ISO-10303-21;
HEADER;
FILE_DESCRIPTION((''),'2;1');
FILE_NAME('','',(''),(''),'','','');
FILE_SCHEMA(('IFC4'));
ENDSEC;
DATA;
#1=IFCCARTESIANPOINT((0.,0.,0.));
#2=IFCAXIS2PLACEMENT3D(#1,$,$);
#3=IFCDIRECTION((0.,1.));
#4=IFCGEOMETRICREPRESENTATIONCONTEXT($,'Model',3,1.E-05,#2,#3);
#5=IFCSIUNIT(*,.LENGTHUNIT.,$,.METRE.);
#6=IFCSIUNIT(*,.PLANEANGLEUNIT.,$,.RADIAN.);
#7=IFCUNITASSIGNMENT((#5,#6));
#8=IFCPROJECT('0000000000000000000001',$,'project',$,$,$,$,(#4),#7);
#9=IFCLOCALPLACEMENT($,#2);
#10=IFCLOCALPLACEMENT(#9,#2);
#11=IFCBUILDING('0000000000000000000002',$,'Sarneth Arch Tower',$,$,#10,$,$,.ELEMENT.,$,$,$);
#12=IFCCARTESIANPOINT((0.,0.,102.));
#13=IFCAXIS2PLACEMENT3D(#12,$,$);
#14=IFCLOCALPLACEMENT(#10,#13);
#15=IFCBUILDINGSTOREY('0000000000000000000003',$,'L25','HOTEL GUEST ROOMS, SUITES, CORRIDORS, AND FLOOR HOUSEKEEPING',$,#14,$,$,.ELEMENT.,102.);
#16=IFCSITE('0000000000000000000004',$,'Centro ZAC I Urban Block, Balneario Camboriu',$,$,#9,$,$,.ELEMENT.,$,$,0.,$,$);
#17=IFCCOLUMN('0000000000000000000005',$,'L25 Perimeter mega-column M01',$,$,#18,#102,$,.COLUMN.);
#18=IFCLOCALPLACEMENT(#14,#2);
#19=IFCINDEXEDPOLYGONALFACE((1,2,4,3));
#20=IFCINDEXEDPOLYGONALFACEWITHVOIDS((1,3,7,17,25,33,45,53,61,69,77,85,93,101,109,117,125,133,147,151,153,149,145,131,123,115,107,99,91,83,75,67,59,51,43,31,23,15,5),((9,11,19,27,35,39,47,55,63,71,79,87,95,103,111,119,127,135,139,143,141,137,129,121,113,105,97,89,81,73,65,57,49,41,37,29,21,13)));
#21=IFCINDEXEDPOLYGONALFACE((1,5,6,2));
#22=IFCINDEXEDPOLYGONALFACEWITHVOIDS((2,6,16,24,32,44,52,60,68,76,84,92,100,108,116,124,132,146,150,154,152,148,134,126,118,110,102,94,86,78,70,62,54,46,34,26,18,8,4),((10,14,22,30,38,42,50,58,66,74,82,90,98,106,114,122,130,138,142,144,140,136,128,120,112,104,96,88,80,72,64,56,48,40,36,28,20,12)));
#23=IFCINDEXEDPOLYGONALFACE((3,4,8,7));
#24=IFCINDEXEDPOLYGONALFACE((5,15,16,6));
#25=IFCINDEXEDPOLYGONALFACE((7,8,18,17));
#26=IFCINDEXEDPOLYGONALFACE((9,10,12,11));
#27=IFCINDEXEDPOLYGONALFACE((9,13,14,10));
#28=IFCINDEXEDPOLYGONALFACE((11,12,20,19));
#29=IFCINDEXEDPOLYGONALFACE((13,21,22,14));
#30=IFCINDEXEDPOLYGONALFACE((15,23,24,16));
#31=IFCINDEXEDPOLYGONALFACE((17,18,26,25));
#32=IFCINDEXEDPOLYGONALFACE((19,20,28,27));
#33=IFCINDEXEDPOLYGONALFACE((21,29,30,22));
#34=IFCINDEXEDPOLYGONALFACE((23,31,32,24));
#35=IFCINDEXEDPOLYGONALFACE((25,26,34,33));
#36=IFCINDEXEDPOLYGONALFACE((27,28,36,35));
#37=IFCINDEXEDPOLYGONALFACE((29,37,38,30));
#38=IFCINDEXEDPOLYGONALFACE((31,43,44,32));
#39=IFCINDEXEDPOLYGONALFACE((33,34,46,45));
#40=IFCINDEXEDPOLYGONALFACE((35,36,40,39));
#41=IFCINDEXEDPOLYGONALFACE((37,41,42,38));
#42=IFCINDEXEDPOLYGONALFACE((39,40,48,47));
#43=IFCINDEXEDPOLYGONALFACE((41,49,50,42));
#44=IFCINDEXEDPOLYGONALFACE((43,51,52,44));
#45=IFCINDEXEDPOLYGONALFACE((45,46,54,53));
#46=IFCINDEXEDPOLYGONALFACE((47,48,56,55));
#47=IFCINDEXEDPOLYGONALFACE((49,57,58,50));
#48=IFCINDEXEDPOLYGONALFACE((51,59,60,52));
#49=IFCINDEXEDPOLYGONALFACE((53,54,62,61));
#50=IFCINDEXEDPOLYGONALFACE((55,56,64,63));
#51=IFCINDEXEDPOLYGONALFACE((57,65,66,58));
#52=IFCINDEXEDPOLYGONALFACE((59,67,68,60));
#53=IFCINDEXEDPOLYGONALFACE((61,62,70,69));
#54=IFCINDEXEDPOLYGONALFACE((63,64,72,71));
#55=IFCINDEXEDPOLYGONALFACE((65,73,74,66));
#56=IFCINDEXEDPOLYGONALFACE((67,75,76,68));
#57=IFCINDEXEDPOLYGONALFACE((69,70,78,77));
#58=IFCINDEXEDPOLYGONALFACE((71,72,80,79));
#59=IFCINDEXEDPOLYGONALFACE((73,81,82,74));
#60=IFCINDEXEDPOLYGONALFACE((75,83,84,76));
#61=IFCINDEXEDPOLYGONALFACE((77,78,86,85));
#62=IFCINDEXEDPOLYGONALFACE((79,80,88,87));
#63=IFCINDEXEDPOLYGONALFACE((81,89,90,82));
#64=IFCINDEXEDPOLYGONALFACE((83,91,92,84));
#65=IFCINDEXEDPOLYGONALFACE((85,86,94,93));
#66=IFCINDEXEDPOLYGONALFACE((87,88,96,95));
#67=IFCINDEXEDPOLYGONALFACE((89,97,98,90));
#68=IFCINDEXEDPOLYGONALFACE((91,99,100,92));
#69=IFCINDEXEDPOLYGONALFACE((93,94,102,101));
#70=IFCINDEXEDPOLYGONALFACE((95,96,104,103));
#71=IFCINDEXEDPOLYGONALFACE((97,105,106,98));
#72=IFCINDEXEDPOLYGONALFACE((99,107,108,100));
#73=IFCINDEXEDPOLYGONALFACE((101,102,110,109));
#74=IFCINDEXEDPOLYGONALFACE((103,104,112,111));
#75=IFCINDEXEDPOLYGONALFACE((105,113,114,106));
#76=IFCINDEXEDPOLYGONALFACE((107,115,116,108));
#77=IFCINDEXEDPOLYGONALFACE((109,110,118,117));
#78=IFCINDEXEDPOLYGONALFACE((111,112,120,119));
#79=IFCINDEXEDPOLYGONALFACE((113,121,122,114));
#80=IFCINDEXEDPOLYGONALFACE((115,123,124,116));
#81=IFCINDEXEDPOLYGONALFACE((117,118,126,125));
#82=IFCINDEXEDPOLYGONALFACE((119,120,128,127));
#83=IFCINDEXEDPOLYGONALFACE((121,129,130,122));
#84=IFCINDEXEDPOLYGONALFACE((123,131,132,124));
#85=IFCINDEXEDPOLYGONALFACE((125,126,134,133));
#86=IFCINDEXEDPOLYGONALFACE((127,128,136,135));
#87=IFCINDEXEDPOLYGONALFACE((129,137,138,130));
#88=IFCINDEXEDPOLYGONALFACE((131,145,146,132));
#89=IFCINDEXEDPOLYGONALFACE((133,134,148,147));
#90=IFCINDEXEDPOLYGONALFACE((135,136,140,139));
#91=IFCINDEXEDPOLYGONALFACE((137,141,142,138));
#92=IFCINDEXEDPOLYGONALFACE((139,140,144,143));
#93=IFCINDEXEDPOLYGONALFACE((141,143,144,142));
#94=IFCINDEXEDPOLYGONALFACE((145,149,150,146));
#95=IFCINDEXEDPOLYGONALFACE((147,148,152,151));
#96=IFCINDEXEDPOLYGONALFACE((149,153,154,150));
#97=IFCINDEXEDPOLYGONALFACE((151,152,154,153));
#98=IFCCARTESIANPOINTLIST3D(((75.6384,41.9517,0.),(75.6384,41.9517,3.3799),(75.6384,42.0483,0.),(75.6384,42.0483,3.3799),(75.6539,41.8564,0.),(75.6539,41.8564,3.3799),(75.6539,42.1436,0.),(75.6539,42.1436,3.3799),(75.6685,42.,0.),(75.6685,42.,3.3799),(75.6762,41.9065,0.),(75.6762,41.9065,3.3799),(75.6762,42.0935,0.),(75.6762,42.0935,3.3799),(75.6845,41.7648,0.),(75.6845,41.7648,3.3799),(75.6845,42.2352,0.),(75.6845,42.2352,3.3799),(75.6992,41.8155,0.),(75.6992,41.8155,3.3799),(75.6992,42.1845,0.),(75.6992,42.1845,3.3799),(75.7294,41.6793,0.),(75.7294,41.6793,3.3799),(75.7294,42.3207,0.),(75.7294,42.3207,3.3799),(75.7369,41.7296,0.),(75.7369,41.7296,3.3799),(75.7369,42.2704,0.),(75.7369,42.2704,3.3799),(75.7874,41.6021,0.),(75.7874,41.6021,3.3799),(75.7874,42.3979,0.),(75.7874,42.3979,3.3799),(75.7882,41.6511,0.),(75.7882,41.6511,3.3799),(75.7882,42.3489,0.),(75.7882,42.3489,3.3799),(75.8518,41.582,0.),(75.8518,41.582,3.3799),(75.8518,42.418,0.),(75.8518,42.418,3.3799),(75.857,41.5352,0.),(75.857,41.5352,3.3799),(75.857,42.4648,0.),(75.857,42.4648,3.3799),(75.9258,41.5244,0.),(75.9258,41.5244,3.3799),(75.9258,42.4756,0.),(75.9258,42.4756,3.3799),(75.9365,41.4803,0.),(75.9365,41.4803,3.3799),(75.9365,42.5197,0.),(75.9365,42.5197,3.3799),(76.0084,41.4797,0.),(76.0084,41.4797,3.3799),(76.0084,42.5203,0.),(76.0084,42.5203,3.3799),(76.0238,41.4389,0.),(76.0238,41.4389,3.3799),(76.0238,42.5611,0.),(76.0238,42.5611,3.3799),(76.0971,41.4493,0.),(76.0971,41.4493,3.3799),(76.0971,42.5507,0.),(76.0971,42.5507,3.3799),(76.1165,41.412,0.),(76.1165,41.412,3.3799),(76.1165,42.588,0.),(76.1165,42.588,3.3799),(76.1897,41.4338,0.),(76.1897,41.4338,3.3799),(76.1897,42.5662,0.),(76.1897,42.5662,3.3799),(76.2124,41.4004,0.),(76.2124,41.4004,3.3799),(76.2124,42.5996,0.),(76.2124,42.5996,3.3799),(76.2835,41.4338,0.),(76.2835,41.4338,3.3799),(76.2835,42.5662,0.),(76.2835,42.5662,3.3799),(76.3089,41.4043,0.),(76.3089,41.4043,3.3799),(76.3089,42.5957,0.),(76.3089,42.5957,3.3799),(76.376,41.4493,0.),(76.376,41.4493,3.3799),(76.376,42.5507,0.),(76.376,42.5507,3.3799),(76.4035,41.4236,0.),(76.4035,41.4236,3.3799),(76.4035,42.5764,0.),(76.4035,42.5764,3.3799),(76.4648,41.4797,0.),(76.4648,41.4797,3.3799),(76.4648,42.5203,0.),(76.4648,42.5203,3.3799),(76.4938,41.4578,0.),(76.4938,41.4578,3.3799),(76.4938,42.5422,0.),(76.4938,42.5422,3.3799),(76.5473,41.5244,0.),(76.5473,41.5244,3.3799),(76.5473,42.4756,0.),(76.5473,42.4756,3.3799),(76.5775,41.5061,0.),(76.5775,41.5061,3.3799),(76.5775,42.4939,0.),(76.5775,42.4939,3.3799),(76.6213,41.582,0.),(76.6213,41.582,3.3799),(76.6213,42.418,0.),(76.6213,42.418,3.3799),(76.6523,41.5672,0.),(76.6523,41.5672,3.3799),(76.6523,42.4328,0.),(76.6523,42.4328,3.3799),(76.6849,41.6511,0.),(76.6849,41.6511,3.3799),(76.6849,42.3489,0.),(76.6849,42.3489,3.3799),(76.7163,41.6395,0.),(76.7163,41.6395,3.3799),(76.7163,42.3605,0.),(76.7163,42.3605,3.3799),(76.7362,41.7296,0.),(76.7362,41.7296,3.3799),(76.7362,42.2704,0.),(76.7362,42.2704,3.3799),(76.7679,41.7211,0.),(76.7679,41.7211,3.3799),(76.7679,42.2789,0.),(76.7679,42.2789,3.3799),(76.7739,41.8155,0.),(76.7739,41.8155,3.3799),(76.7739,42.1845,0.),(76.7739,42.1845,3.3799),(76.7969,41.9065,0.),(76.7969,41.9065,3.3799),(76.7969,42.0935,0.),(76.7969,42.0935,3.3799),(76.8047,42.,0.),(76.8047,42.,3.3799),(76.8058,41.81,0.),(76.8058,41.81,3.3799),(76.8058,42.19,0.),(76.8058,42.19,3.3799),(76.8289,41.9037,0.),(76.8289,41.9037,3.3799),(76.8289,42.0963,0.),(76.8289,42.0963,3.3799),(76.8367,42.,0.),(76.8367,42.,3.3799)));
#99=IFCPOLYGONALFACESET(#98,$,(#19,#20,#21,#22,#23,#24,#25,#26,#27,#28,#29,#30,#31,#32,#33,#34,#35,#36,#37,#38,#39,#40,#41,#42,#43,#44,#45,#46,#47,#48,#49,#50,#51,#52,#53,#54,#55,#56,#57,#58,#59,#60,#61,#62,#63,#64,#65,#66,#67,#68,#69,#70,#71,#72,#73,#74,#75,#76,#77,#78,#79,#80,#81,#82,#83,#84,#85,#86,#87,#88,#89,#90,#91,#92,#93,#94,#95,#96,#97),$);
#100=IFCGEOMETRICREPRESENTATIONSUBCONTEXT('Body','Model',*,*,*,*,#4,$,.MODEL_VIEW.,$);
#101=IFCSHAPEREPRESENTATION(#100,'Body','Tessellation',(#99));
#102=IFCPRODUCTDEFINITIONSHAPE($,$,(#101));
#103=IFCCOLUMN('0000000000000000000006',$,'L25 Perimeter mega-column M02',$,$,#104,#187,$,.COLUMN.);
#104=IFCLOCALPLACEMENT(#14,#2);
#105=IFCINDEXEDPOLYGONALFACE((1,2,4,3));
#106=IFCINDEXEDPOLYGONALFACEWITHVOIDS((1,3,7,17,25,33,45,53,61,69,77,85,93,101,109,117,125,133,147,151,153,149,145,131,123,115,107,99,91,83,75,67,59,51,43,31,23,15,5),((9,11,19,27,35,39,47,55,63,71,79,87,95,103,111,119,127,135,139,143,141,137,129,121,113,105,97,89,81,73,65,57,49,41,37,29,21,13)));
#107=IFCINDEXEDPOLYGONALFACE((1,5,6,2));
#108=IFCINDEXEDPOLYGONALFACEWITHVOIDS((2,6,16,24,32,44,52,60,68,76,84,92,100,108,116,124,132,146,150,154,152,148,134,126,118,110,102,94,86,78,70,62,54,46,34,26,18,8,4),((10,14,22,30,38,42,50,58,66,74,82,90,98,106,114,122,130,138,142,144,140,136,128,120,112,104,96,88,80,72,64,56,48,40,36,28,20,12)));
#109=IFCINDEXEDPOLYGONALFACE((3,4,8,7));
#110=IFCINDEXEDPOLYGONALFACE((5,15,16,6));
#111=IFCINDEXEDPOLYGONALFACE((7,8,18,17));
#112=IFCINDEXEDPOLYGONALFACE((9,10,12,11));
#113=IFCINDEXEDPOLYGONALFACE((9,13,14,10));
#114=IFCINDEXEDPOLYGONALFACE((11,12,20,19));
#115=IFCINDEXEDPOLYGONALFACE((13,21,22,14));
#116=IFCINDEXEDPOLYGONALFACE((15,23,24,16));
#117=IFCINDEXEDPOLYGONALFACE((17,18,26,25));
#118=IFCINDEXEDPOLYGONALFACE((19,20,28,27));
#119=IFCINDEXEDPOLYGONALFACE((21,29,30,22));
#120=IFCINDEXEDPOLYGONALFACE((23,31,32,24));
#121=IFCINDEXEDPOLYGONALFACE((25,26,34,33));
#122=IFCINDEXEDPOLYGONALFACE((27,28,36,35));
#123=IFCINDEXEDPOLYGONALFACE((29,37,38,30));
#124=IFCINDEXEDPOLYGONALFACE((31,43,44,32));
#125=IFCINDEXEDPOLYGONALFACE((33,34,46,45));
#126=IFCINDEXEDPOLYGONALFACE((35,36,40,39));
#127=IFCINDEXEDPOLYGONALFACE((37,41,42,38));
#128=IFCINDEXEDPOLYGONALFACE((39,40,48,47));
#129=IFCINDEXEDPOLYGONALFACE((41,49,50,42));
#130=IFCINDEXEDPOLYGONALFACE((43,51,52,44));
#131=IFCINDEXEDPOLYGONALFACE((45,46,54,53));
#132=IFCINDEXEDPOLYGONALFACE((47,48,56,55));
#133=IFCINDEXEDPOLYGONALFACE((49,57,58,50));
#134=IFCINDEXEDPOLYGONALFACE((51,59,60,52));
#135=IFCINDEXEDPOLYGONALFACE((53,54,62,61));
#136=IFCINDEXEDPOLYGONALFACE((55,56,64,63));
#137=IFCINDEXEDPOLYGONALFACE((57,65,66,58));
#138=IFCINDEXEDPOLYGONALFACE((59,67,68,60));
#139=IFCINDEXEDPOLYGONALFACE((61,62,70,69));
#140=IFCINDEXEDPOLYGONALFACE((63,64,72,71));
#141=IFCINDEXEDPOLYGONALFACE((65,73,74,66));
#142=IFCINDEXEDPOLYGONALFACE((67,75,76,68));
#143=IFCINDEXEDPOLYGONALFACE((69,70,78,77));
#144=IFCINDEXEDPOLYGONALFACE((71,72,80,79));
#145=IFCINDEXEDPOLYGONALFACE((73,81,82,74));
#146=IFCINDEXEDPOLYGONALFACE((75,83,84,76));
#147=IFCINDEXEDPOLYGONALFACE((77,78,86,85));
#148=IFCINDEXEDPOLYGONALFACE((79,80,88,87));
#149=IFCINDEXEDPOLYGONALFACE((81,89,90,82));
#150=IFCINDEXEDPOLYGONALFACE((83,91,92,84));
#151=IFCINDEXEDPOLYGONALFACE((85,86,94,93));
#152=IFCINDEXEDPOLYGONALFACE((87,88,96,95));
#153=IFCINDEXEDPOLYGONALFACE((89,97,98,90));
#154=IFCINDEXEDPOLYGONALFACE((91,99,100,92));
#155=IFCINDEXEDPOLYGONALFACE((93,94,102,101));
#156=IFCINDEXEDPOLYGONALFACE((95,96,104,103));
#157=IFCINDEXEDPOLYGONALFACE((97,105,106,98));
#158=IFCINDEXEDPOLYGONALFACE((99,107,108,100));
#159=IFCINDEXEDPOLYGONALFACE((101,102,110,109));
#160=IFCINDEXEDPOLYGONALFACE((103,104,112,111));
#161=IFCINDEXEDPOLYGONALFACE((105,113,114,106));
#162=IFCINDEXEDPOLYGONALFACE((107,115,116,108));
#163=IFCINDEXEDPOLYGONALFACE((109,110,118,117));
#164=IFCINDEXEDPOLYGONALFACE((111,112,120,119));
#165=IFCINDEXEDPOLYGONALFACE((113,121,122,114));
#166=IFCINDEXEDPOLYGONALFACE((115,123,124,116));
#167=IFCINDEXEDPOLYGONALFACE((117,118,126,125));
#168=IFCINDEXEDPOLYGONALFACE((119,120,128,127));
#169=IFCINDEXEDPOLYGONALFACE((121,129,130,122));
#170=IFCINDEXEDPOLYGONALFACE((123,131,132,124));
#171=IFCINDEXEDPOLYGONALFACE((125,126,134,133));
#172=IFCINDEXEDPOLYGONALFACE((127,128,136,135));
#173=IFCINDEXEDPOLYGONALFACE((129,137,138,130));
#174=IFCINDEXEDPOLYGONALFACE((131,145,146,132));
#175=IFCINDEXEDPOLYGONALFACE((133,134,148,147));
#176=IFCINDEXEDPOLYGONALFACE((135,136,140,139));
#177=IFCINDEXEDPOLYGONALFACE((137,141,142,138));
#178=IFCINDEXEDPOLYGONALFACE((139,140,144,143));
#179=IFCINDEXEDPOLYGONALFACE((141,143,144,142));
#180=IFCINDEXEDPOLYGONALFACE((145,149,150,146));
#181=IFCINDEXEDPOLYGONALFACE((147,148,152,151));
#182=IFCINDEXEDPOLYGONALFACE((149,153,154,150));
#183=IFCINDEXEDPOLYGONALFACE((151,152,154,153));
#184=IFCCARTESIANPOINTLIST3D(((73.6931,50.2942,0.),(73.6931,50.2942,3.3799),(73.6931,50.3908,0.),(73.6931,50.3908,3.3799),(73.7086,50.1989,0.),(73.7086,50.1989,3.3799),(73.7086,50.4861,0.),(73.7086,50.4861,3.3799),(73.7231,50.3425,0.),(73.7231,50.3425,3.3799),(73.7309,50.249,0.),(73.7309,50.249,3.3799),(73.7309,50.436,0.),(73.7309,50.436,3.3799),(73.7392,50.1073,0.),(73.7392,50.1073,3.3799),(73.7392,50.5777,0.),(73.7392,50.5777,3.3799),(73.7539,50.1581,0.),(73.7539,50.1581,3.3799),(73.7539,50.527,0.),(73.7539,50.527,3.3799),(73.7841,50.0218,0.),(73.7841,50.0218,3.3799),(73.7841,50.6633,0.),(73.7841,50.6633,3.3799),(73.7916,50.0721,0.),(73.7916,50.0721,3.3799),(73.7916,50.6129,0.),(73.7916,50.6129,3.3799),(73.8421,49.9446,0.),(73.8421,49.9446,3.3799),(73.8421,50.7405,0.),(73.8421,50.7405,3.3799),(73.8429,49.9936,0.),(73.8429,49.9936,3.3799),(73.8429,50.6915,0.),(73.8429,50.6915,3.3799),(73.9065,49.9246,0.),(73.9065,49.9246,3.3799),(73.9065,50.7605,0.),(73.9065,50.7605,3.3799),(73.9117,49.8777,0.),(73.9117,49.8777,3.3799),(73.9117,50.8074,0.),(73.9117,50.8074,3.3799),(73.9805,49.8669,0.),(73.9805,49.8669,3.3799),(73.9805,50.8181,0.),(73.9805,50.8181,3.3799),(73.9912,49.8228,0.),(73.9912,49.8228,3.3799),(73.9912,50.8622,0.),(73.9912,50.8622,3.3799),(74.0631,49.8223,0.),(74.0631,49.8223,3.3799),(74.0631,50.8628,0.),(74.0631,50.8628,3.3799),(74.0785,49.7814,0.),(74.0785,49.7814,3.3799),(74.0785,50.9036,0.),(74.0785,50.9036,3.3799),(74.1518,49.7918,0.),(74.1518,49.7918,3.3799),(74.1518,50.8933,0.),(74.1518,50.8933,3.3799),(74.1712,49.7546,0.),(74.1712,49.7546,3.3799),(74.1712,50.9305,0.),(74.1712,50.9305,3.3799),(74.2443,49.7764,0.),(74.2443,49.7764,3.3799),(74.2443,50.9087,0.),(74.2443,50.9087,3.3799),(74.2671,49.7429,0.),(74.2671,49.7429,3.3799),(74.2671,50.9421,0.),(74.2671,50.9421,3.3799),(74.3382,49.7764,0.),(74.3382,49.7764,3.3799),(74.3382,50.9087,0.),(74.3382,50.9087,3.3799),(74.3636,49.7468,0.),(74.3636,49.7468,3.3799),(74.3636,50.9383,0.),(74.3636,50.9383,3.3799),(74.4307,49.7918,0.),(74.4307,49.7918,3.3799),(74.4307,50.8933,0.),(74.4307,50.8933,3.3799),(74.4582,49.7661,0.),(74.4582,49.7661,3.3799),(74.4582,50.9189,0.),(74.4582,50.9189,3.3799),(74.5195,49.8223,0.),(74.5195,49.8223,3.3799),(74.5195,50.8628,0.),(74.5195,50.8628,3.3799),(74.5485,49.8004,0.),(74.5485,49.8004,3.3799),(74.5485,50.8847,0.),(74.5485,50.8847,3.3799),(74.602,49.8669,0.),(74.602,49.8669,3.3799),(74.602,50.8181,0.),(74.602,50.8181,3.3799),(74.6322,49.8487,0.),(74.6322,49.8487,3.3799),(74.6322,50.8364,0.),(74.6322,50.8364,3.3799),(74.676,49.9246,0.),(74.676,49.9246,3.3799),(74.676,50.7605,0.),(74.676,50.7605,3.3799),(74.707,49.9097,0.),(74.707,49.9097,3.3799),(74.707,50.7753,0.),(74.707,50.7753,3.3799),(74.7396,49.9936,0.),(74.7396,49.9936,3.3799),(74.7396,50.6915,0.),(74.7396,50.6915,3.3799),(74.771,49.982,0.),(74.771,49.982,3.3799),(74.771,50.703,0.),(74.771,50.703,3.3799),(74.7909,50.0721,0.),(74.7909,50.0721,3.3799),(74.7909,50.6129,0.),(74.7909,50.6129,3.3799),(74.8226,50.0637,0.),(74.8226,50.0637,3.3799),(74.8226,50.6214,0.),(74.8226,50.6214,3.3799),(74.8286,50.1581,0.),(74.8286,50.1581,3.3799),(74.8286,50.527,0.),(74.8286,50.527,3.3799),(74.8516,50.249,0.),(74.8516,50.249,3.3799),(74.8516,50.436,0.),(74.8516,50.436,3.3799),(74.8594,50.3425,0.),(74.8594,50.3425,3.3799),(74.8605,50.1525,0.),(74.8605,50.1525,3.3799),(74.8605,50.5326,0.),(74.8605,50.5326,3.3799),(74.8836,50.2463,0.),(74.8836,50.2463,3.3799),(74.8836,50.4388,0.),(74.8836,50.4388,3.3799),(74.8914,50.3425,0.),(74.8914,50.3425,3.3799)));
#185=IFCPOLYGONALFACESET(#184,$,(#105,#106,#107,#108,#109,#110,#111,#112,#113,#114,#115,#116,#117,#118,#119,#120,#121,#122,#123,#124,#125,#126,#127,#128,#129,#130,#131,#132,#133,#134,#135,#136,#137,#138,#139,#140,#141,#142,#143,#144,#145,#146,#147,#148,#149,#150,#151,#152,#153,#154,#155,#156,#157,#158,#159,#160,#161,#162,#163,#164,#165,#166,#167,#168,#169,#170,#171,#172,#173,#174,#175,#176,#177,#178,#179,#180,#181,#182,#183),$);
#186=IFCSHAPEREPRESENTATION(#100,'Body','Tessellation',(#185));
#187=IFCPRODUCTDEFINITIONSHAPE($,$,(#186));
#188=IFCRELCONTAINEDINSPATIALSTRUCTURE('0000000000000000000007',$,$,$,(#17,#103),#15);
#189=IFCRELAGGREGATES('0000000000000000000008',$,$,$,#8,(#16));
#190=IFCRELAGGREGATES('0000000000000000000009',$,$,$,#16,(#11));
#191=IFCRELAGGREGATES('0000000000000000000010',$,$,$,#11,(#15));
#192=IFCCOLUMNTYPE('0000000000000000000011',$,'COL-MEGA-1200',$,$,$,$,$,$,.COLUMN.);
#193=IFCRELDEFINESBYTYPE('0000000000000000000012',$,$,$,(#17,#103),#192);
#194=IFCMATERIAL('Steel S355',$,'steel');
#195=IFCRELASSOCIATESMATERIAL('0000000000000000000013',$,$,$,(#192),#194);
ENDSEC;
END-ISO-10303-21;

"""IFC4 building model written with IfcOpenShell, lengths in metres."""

from ifc_helpers import new_model, si_unit, direction, frame, origin, origin_2d, place, context, subcontext, project, spatial, hollow_circle, extrude, material, material_profile, profile_set, type_object, element, save


model = new_model("IFC4")

# Units and contexts
model_context = context("Model", 3, precision=1e-05, world=origin(), true_north=direction((0.0, 1.0)))
body_context = subcontext(model_context, "Body", "Model", "MODEL_VIEW")
ifc_project = project(units=[si_unit("LENGTHUNIT", "METRE"), si_unit("PLANEANGLEUNIT", "RADIAN")], contexts=[model_context])

# Site, building, storey
site_placement = place(None, origin())
site = spatial("IfcSite", under=ifc_project, at=site_placement, Name="Centro ZAC I Urban Block, Balneario Camboriu", CompositionType="ELEMENT", RefElevation=0.0)
building_placement = place(site_placement, origin())
building = spatial("IfcBuilding", under=site, at=building_placement, Name="Sarneth Arch Tower", CompositionType="ELEMENT")
storey_placement = place(building_placement, frame((0.0, 0.0, 102.0)))
storey = spatial("IfcBuildingStorey", under=building, at=storey_placement, Name="L25", Description="HOTEL GUEST ROOMS, SUITES, CORRIDORS, AND FLOOR HOUSEKEEPING", CompositionType="ELEMENT", Elevation=102.0)

# Columns
ifc_material_1 = material(Name="Steel S355", Category="steel")
ifc_material_profile_1 = material_profile(ifc_material_1, hollow_circle(Radius=0.6001, WallThickness=0.032, at=origin_2d()), Name="CHS1200x32")
ifc_profile_set_1 = profile_set([ifc_material_profile_1], Name="Steel S355")
column_type = type_object("IfcColumnType", Name="COL-MEGA-1200", PredefinedType="COLUMN", material=ifc_profile_set_1)
for number, where, z_axis, x_axis, name in (
    (1, (76.2366, 42.0, 0.0), (0.0, 0.0, 1.0), (1.0, 0.0, 0.0), "L25 Perimeter mega-column M01"),
    (2, (74.2913, 50.3425, 0.0), (0.0, 0.0, 1.0), (1.0, 0.0, 0.0), "L25 Perimeter mega-column M02"),
):
    element("IfcColumn", number, at=place(storey_placement, frame(where, z_axis=z_axis, x_axis=x_axis)), inside=storey, type_object=column_type, Name=name, PredefinedType="COLUMN", context=body_context, shape_type="SweptSolid", body=[
        extrude(hollow_circle(Radius=0.6001, WallThickness=0.032, at=origin_2d()), origin(), (0.0, 0.0, 1.0), 3.3799),
    ])

save(model, "model.ifc")
